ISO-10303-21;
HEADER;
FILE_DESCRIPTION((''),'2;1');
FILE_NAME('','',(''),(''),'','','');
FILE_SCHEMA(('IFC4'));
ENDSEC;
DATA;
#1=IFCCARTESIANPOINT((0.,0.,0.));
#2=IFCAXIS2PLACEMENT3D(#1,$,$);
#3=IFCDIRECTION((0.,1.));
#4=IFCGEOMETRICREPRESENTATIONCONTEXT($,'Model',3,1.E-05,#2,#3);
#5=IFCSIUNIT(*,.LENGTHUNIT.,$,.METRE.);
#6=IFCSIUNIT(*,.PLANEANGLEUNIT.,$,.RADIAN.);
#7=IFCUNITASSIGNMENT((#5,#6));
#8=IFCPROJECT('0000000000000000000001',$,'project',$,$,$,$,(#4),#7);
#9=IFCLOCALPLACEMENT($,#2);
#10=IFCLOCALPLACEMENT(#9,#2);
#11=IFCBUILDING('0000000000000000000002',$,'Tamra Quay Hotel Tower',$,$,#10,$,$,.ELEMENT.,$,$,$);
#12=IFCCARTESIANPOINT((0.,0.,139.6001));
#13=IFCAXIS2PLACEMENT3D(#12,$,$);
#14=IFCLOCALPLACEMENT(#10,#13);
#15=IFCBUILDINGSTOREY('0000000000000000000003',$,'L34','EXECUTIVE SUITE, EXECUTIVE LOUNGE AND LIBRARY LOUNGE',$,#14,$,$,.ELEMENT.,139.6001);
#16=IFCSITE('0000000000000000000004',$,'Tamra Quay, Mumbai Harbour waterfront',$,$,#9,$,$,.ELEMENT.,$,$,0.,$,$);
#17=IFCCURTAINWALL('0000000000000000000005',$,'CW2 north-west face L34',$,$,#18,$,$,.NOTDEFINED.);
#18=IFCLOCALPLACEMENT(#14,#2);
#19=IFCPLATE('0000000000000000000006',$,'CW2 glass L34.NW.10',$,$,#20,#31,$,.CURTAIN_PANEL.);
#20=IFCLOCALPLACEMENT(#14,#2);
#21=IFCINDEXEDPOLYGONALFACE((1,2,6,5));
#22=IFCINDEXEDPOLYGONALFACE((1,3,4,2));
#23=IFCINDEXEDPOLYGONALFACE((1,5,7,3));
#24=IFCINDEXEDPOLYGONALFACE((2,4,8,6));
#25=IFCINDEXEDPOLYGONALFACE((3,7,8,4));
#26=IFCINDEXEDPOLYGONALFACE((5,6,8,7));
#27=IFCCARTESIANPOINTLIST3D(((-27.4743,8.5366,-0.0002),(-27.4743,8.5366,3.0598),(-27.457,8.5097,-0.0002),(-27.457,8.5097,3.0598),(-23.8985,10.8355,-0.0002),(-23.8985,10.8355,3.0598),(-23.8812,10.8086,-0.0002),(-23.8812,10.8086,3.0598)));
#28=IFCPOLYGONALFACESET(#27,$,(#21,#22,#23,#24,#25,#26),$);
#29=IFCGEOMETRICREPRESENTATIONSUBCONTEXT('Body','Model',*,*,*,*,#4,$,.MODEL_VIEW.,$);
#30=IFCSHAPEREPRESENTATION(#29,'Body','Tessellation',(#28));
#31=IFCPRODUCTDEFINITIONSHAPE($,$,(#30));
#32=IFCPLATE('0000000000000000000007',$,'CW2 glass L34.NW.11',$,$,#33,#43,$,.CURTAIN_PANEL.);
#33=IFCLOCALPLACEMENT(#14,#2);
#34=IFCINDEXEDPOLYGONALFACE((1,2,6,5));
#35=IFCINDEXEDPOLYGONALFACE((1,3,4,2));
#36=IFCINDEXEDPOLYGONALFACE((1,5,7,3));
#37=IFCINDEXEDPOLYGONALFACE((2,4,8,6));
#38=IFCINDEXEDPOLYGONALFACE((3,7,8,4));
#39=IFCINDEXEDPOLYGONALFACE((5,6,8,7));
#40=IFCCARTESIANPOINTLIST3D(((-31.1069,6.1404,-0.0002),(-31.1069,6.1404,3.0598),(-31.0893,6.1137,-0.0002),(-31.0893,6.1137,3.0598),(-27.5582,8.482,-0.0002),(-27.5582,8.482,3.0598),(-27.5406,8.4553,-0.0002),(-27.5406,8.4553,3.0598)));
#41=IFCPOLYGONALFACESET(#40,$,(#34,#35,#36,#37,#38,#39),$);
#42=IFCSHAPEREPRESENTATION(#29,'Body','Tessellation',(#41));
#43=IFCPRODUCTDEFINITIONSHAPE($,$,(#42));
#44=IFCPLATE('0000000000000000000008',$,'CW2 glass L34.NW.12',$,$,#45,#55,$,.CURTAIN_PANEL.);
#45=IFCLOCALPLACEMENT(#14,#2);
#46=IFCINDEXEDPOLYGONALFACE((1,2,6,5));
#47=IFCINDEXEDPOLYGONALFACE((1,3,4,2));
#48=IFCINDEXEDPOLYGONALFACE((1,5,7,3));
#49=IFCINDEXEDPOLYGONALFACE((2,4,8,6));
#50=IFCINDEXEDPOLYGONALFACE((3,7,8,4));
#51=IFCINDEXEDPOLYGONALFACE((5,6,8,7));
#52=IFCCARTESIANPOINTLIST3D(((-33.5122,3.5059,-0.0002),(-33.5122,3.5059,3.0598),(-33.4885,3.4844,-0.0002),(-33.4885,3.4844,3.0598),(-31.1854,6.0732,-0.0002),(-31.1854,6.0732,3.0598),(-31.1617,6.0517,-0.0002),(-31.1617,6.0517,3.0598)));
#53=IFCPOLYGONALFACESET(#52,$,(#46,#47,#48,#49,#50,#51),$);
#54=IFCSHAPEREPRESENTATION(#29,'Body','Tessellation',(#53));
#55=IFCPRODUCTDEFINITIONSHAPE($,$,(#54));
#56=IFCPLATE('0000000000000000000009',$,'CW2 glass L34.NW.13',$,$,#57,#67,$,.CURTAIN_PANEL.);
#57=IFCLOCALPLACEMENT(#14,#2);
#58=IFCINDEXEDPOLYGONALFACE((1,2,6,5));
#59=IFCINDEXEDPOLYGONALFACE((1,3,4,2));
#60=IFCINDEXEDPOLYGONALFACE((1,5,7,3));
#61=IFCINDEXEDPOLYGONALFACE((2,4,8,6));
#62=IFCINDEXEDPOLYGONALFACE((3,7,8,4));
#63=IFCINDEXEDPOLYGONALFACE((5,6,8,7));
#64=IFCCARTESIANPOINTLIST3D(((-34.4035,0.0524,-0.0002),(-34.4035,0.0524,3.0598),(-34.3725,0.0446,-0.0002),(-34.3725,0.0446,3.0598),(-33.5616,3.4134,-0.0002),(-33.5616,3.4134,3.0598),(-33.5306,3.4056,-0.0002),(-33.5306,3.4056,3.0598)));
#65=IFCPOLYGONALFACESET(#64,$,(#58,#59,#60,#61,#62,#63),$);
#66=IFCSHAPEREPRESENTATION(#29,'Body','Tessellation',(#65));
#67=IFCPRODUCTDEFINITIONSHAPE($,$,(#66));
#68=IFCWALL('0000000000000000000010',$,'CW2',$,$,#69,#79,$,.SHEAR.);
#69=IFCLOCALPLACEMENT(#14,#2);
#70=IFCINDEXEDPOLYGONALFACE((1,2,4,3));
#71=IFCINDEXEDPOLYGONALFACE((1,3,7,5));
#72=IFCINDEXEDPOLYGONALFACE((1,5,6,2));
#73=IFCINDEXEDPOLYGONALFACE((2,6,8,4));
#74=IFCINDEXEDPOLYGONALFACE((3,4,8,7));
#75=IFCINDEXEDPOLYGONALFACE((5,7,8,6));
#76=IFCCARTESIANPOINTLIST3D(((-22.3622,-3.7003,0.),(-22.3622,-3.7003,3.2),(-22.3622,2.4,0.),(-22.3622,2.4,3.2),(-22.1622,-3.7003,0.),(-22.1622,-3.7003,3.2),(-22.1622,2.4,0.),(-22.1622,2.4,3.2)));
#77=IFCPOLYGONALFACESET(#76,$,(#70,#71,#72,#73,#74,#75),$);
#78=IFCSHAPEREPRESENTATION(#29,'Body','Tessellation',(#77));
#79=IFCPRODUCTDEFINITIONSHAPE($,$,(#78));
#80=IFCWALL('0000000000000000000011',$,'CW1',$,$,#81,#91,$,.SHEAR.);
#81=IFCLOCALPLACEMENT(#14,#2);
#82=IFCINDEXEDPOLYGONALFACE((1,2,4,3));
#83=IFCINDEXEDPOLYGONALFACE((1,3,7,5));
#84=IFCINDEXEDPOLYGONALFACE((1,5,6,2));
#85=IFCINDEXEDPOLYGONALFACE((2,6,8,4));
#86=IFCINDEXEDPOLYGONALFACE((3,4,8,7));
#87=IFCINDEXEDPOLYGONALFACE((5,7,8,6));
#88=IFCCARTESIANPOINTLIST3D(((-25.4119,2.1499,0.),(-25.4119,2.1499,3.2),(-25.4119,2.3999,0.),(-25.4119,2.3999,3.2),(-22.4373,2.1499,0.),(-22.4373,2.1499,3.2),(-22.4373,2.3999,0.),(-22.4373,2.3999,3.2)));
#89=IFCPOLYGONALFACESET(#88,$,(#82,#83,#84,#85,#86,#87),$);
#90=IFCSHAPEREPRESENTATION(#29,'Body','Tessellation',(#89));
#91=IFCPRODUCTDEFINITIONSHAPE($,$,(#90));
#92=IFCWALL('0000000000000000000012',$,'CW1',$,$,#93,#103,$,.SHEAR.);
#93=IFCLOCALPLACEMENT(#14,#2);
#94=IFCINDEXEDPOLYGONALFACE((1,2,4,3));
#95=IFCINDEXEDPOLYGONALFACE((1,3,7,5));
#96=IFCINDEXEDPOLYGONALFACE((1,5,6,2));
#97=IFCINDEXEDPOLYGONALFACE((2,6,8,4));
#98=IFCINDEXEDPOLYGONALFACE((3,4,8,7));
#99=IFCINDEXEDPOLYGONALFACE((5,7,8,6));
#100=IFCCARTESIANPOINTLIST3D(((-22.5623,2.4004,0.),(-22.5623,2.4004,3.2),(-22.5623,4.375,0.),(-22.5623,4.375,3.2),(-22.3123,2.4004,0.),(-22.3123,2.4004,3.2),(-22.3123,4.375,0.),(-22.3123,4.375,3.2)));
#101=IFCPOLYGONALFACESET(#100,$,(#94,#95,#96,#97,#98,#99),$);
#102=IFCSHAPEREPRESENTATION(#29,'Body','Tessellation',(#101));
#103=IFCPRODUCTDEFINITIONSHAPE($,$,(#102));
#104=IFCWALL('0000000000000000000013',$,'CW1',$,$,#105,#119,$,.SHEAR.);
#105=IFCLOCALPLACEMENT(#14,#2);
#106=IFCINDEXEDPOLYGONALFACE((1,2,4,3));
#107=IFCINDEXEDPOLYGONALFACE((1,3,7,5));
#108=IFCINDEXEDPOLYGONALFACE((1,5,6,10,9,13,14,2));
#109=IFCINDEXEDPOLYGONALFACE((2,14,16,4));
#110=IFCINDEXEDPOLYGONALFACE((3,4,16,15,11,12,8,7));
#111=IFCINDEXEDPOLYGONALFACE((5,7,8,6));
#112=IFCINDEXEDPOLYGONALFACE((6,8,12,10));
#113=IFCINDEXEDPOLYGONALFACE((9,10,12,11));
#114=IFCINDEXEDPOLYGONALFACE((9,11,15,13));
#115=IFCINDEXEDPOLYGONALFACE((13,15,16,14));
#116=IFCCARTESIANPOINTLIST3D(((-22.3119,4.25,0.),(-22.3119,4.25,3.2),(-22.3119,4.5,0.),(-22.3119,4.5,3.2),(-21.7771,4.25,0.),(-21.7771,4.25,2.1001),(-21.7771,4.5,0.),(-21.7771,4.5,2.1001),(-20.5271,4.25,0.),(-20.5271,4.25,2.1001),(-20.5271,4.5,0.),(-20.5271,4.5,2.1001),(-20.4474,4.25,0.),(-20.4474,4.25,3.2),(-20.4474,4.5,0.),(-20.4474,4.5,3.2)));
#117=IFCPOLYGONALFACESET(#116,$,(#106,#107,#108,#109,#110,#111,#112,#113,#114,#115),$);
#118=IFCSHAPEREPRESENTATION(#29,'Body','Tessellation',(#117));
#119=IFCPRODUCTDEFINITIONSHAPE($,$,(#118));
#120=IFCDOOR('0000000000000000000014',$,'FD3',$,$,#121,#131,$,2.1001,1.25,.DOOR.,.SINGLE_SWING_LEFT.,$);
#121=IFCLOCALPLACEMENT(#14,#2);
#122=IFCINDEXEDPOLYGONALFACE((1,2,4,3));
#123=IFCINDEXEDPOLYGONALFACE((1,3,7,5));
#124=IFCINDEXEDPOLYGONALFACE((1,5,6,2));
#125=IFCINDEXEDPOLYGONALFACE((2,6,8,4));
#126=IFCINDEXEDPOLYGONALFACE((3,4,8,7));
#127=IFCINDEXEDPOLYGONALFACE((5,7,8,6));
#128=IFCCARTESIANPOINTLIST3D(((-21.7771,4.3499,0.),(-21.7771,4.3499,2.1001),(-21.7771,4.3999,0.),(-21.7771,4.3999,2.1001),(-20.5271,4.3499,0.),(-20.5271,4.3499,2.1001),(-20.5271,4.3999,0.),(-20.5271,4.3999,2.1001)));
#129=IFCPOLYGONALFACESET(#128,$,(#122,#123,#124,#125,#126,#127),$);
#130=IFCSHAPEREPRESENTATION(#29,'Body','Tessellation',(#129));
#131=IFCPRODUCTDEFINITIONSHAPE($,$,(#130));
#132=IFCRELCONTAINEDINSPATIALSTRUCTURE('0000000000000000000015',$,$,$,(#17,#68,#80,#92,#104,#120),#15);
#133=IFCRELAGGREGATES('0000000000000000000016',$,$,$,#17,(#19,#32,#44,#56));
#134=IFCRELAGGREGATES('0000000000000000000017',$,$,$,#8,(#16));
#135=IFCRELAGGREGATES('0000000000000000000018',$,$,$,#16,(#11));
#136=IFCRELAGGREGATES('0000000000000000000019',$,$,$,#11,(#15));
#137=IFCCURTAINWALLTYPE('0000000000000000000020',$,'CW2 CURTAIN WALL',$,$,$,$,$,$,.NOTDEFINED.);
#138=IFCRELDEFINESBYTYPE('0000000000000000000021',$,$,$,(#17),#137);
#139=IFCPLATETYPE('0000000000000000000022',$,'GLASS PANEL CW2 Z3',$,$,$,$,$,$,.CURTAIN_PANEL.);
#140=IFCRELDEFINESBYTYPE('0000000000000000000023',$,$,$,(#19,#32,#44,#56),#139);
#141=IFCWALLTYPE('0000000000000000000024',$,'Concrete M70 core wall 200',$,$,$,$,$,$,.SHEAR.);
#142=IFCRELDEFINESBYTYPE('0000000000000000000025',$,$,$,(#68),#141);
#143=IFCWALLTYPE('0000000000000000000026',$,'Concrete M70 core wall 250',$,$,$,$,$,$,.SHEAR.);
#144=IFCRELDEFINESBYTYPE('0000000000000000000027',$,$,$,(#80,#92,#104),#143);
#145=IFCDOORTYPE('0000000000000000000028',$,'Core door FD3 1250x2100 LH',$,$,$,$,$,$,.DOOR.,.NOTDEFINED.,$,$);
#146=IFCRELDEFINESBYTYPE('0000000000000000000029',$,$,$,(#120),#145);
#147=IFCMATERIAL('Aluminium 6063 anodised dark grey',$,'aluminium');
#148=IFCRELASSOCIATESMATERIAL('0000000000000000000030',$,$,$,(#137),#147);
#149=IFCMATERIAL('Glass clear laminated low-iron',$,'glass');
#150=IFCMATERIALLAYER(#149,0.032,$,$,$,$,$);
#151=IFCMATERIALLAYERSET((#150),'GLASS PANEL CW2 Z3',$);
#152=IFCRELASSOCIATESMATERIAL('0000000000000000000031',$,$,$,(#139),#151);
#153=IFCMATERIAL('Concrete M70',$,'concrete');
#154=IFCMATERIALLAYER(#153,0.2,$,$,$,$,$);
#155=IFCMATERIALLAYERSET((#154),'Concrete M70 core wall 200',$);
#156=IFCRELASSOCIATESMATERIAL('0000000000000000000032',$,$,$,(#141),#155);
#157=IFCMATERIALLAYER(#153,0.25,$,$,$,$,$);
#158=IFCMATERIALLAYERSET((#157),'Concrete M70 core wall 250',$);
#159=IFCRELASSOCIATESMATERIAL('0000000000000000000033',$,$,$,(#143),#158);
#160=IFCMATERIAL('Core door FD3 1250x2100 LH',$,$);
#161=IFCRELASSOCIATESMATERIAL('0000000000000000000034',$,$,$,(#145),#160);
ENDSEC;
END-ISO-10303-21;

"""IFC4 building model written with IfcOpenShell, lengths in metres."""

from ifc_helpers import new_model, si_unit, direction, frame, frame_2d, origin, origin_2d, place, context, subcontext, project, spatial, rectangle, extrude, material, layer, layer_set, type_object, element, fill, aggregate, save


model = new_model("IFC4")

# Units and contexts
model_context = context("Model", 3, precision=1e-05, world=origin(), true_north=direction((0.0, 1.0)))
body_context = subcontext(model_context, "Body", "Model", "MODEL_VIEW")
ifc_project = project(units=[si_unit("LENGTHUNIT", "METRE"), si_unit("PLANEANGLEUNIT", "RADIAN")], contexts=[model_context])

# Site, building, storey
site_placement = place(None, origin())
site = spatial("IfcSite", under=ifc_project, at=site_placement, Name="Tamra Quay, Mumbai Harbour waterfront", CompositionType="ELEMENT", RefElevation=0.0)
building_placement = place(site_placement, origin())
building = spatial("IfcBuilding", under=site, at=building_placement, Name="Tamra Quay Hotel Tower", CompositionType="ELEMENT")
storey_placement = place(building_placement, frame((0.0, 0.0, 139.6001)))
storey = spatial("IfcBuildingStorey", under=building, at=storey_placement, Name="L34", Description="EXECUTIVE SUITE, EXECUTIVE LOUNGE AND LIBRARY LOUNGE", CompositionType="ELEMENT", Elevation=139.6001)

# Shared definitions
ifc_material_1 = material(Name="Concrete M70", Category="concrete")

# Curtain wall
ifc_material_2 = material(Name="Aluminium 6063 anodised dark grey", Category="aluminium")
curtain_wall_type = type_object("IfcCurtainWallType", Name="CW2 CURTAIN WALL", PredefinedType="NOTDEFINED", material=ifc_material_2)
curtain_wall_placement = place(storey_placement, origin())
curtain_wall = element("IfcCurtainWall", 1, at=curtain_wall_placement, inside=storey, type_object=curtain_wall_type, Name="CW2 north-west face L34", PredefinedType="NOTDEFINED")

# Plates
ifc_material_3 = material(Name="Glass clear laminated low-iron", Category="glass")
ifc_layer_1 = layer(ifc_material_3, 0.032)
ifc_layer_set_1 = layer_set([ifc_layer_1], Name="GLASS PANEL CW2 Z3")
plate_type = type_object("IfcPlateType", Name="GLASS PANEL CW2 Z3", PredefinedType="CURTAIN_PANEL", material=ifc_layer_set_1)
plate_1_placement = place(storey_placement, frame((-25.6777, 9.6726, -0.0002), z_axis=(0.0, 0.0, 1.0), x_axis=(-0.841164, -0.54078, 0.0)))
plate_1 = element("IfcPlate", 2, at=plate_1_placement, type_object=plate_type, Name="CW2 glass L34.NW.10", PredefinedType="CURTAIN_PANEL", context=body_context, shape_type="SweptSolid", body=[
    extrude(rectangle(XDim=4.251, YDim=0.032, at=origin_2d()), origin(), (0.0, 0.0, 1.0), 3.0601),
])
plate_2_placement = place(storey_placement, frame((-29.3237, 7.2979, -0.0002), z_axis=(0.0, 0.0, 1.0), x_axis=(-0.834663, -0.550761, 0.0)))
plate_2 = element("IfcPlate", 3, at=plate_2_placement, type_object=plate_type, Name="CW2 glass L34.NW.11", PredefinedType="CURTAIN_PANEL", context=body_context, shape_type="SweptSolid", body=[
    extrude(rectangle(XDim=4.2517, YDim=0.032, at=origin_2d()), origin(), (0.0, 0.0, 1.0), 3.0601),
])
plate_3_placement = place(storey_placement, frame((-32.3369, 4.7788, -0.0002), z_axis=(0.0, 0.0, 1.0), x_axis=(-0.67155, -0.740959, 0.0)))
plate_3 = element("IfcPlate", 4, at=plate_3_placement, type_object=plate_type, Name="CW2 glass L34.NW.12", PredefinedType="CURTAIN_PANEL", context=body_context, shape_type="SweptSolid", body=[
    extrude(rectangle(XDim=3.4648, YDim=0.032, at=origin_2d()), origin(), (0.0, 0.0, 1.0), 3.0601),
])
plate_4_placement = place(storey_placement, frame((-33.967, 1.729, -0.0002), z_axis=(0.0, 0.0, 1.0), x_axis=(-0.242976, -0.970032, 0.0)))
plate_4 = element("IfcPlate", 5, at=plate_4_placement, type_object=plate_type, Name="CW2 glass L34.NW.13", PredefinedType="CURTAIN_PANEL", context=body_context, shape_type="SweptSolid", body=[
    extrude(rectangle(XDim=3.4648, YDim=0.032, at=origin_2d()), origin(), (0.0, 0.0, 1.0), 3.0601),
])
aggregate(curtain_wall, [plate_1, plate_2, plate_3, plate_4])

# Walls
ifc_layer_2 = layer(ifc_material_1, 0.2)
ifc_layer_set_2 = layer_set([ifc_layer_2], Name="Concrete M70 core wall 200")
wall_type_1 = type_object("IfcWallType", Name="Concrete M70 core wall 200", PredefinedType="SHEAR", material=ifc_layer_set_2)
wall_1_placement = place(storey_placement, frame((-22.2622, 2.4001, 0.0), z_axis=(0.0, 0.0, 1.0), x_axis=(0.0, -1.0, 0.0)))
element("IfcWall", 6, at=wall_1_placement, inside=storey, type_object=wall_type_1, Name="CW2", PredefinedType="SHEAR", context=body_context, shape_type="SweptSolid", body=[
    extrude(rectangle(XDim=6.1003, YDim=0.2, at=frame_2d((3.0503, 0.0))), origin(), (0.0, 0.0, 1.0), 3.2),
])
ifc_layer_3 = layer(ifc_material_1, 0.25)
ifc_layer_set_3 = layer_set([ifc_layer_3], Name="Concrete M70 core wall 250")
wall_type_2 = type_object("IfcWallType", Name="Concrete M70 core wall 250", PredefinedType="SHEAR", material=ifc_layer_set_3)
wall_2_placement = place(storey_placement, frame((-25.4119, 2.2749, 0.0), z_axis=(0.0, 0.0, 1.0), x_axis=(1.0, 0.0, 0.0)))
element("IfcWall", 7, at=wall_2_placement, inside=storey, type_object=wall_type_2, Name="CW1", PredefinedType="SHEAR", context=body_context, shape_type="SweptSolid", body=[
    extrude(rectangle(XDim=2.9746, YDim=0.25, at=frame_2d((1.4873, 0.0))), origin(), (0.0, 0.0, 1.0), 3.2),
])
wall_3_placement = place(storey_placement, frame((-22.4373, 2.4004, 0.0), z_axis=(0.0, 0.0, 1.0), x_axis=(0.0, 1.0, 0.0)))
element("IfcWall", 8, at=wall_3_placement, inside=storey, type_object=wall_type_2, Name="CW1", PredefinedType="SHEAR", context=body_context, shape_type="SweptSolid", body=[
    extrude(rectangle(XDim=1.9746, YDim=0.25, at=frame_2d((0.9873, 0.0))), origin(), (0.0, 0.0, 1.0), 3.2),
])

# Wall, opening, door
wall_4_placement = place(storey_placement, frame((-22.3118, 4.375, 0.0), z_axis=(0.0, 0.0, 1.0), x_axis=(1.0, 0.0, 0.0)))
wall_4 = element("IfcWall", 9, at=wall_4_placement, inside=storey, type_object=wall_type_2, Name="CW1", PredefinedType="SHEAR", context=body_context, shape_type="SweptSolid", body=[
    extrude(rectangle(XDim=1.8645, YDim=0.25, at=frame_2d((0.9321, 0.0))), origin(), (0.0, 0.0, 1.0), 3.2),
])
opening_placement = place(wall_4_placement, frame((0.5347, 0.0, 0.0)))
opening = element("IfcOpeningElement", 10, at=opening_placement, cuts=wall_4, PredefinedType="OPENING", context=body_context, shape_type="SweptSolid", body=[
    extrude(rectangle(XDim=1.25, YDim=2.1001, at=frame_2d((0.625, 1.05))), frame((0.0, 0.135, 0.0), z_axis=(0.0, -1.0, 0.0), x_axis=(1.0, 0.0, 0.0)), (0.0, 0.0, 1.0), 0.27),
])
ifc_material_4 = material(Name="Core door FD3 1250x2100 LH")
door_type = type_object("IfcDoorType", Name="Core door FD3 1250x2100 LH", OperationType="NOTDEFINED", PredefinedType="DOOR", material=ifc_material_4)
door_placement = place(opening_placement, origin())
door = element("IfcDoor", 11, at=door_placement, inside=storey, type_object=door_type, Name="FD3", OperationType="SINGLE_SWING_LEFT", OverallHeight=2.1001, OverallWidth=1.25, PredefinedType="DOOR", context=body_context, shape_type="SweptSolid", body=[
    extrude(rectangle(XDim=1.25, YDim=2.1001, at=frame_2d((0.625, 1.05))), frame((0.0, 0.0249, 0.0), z_axis=(0.0, -1.0, 0.0), x_axis=(1.0, 0.0, 0.0)), (0.0, 0.0, 1.0), 0.05),
])
fill(opening, door)

save(model, "model.ifc")
